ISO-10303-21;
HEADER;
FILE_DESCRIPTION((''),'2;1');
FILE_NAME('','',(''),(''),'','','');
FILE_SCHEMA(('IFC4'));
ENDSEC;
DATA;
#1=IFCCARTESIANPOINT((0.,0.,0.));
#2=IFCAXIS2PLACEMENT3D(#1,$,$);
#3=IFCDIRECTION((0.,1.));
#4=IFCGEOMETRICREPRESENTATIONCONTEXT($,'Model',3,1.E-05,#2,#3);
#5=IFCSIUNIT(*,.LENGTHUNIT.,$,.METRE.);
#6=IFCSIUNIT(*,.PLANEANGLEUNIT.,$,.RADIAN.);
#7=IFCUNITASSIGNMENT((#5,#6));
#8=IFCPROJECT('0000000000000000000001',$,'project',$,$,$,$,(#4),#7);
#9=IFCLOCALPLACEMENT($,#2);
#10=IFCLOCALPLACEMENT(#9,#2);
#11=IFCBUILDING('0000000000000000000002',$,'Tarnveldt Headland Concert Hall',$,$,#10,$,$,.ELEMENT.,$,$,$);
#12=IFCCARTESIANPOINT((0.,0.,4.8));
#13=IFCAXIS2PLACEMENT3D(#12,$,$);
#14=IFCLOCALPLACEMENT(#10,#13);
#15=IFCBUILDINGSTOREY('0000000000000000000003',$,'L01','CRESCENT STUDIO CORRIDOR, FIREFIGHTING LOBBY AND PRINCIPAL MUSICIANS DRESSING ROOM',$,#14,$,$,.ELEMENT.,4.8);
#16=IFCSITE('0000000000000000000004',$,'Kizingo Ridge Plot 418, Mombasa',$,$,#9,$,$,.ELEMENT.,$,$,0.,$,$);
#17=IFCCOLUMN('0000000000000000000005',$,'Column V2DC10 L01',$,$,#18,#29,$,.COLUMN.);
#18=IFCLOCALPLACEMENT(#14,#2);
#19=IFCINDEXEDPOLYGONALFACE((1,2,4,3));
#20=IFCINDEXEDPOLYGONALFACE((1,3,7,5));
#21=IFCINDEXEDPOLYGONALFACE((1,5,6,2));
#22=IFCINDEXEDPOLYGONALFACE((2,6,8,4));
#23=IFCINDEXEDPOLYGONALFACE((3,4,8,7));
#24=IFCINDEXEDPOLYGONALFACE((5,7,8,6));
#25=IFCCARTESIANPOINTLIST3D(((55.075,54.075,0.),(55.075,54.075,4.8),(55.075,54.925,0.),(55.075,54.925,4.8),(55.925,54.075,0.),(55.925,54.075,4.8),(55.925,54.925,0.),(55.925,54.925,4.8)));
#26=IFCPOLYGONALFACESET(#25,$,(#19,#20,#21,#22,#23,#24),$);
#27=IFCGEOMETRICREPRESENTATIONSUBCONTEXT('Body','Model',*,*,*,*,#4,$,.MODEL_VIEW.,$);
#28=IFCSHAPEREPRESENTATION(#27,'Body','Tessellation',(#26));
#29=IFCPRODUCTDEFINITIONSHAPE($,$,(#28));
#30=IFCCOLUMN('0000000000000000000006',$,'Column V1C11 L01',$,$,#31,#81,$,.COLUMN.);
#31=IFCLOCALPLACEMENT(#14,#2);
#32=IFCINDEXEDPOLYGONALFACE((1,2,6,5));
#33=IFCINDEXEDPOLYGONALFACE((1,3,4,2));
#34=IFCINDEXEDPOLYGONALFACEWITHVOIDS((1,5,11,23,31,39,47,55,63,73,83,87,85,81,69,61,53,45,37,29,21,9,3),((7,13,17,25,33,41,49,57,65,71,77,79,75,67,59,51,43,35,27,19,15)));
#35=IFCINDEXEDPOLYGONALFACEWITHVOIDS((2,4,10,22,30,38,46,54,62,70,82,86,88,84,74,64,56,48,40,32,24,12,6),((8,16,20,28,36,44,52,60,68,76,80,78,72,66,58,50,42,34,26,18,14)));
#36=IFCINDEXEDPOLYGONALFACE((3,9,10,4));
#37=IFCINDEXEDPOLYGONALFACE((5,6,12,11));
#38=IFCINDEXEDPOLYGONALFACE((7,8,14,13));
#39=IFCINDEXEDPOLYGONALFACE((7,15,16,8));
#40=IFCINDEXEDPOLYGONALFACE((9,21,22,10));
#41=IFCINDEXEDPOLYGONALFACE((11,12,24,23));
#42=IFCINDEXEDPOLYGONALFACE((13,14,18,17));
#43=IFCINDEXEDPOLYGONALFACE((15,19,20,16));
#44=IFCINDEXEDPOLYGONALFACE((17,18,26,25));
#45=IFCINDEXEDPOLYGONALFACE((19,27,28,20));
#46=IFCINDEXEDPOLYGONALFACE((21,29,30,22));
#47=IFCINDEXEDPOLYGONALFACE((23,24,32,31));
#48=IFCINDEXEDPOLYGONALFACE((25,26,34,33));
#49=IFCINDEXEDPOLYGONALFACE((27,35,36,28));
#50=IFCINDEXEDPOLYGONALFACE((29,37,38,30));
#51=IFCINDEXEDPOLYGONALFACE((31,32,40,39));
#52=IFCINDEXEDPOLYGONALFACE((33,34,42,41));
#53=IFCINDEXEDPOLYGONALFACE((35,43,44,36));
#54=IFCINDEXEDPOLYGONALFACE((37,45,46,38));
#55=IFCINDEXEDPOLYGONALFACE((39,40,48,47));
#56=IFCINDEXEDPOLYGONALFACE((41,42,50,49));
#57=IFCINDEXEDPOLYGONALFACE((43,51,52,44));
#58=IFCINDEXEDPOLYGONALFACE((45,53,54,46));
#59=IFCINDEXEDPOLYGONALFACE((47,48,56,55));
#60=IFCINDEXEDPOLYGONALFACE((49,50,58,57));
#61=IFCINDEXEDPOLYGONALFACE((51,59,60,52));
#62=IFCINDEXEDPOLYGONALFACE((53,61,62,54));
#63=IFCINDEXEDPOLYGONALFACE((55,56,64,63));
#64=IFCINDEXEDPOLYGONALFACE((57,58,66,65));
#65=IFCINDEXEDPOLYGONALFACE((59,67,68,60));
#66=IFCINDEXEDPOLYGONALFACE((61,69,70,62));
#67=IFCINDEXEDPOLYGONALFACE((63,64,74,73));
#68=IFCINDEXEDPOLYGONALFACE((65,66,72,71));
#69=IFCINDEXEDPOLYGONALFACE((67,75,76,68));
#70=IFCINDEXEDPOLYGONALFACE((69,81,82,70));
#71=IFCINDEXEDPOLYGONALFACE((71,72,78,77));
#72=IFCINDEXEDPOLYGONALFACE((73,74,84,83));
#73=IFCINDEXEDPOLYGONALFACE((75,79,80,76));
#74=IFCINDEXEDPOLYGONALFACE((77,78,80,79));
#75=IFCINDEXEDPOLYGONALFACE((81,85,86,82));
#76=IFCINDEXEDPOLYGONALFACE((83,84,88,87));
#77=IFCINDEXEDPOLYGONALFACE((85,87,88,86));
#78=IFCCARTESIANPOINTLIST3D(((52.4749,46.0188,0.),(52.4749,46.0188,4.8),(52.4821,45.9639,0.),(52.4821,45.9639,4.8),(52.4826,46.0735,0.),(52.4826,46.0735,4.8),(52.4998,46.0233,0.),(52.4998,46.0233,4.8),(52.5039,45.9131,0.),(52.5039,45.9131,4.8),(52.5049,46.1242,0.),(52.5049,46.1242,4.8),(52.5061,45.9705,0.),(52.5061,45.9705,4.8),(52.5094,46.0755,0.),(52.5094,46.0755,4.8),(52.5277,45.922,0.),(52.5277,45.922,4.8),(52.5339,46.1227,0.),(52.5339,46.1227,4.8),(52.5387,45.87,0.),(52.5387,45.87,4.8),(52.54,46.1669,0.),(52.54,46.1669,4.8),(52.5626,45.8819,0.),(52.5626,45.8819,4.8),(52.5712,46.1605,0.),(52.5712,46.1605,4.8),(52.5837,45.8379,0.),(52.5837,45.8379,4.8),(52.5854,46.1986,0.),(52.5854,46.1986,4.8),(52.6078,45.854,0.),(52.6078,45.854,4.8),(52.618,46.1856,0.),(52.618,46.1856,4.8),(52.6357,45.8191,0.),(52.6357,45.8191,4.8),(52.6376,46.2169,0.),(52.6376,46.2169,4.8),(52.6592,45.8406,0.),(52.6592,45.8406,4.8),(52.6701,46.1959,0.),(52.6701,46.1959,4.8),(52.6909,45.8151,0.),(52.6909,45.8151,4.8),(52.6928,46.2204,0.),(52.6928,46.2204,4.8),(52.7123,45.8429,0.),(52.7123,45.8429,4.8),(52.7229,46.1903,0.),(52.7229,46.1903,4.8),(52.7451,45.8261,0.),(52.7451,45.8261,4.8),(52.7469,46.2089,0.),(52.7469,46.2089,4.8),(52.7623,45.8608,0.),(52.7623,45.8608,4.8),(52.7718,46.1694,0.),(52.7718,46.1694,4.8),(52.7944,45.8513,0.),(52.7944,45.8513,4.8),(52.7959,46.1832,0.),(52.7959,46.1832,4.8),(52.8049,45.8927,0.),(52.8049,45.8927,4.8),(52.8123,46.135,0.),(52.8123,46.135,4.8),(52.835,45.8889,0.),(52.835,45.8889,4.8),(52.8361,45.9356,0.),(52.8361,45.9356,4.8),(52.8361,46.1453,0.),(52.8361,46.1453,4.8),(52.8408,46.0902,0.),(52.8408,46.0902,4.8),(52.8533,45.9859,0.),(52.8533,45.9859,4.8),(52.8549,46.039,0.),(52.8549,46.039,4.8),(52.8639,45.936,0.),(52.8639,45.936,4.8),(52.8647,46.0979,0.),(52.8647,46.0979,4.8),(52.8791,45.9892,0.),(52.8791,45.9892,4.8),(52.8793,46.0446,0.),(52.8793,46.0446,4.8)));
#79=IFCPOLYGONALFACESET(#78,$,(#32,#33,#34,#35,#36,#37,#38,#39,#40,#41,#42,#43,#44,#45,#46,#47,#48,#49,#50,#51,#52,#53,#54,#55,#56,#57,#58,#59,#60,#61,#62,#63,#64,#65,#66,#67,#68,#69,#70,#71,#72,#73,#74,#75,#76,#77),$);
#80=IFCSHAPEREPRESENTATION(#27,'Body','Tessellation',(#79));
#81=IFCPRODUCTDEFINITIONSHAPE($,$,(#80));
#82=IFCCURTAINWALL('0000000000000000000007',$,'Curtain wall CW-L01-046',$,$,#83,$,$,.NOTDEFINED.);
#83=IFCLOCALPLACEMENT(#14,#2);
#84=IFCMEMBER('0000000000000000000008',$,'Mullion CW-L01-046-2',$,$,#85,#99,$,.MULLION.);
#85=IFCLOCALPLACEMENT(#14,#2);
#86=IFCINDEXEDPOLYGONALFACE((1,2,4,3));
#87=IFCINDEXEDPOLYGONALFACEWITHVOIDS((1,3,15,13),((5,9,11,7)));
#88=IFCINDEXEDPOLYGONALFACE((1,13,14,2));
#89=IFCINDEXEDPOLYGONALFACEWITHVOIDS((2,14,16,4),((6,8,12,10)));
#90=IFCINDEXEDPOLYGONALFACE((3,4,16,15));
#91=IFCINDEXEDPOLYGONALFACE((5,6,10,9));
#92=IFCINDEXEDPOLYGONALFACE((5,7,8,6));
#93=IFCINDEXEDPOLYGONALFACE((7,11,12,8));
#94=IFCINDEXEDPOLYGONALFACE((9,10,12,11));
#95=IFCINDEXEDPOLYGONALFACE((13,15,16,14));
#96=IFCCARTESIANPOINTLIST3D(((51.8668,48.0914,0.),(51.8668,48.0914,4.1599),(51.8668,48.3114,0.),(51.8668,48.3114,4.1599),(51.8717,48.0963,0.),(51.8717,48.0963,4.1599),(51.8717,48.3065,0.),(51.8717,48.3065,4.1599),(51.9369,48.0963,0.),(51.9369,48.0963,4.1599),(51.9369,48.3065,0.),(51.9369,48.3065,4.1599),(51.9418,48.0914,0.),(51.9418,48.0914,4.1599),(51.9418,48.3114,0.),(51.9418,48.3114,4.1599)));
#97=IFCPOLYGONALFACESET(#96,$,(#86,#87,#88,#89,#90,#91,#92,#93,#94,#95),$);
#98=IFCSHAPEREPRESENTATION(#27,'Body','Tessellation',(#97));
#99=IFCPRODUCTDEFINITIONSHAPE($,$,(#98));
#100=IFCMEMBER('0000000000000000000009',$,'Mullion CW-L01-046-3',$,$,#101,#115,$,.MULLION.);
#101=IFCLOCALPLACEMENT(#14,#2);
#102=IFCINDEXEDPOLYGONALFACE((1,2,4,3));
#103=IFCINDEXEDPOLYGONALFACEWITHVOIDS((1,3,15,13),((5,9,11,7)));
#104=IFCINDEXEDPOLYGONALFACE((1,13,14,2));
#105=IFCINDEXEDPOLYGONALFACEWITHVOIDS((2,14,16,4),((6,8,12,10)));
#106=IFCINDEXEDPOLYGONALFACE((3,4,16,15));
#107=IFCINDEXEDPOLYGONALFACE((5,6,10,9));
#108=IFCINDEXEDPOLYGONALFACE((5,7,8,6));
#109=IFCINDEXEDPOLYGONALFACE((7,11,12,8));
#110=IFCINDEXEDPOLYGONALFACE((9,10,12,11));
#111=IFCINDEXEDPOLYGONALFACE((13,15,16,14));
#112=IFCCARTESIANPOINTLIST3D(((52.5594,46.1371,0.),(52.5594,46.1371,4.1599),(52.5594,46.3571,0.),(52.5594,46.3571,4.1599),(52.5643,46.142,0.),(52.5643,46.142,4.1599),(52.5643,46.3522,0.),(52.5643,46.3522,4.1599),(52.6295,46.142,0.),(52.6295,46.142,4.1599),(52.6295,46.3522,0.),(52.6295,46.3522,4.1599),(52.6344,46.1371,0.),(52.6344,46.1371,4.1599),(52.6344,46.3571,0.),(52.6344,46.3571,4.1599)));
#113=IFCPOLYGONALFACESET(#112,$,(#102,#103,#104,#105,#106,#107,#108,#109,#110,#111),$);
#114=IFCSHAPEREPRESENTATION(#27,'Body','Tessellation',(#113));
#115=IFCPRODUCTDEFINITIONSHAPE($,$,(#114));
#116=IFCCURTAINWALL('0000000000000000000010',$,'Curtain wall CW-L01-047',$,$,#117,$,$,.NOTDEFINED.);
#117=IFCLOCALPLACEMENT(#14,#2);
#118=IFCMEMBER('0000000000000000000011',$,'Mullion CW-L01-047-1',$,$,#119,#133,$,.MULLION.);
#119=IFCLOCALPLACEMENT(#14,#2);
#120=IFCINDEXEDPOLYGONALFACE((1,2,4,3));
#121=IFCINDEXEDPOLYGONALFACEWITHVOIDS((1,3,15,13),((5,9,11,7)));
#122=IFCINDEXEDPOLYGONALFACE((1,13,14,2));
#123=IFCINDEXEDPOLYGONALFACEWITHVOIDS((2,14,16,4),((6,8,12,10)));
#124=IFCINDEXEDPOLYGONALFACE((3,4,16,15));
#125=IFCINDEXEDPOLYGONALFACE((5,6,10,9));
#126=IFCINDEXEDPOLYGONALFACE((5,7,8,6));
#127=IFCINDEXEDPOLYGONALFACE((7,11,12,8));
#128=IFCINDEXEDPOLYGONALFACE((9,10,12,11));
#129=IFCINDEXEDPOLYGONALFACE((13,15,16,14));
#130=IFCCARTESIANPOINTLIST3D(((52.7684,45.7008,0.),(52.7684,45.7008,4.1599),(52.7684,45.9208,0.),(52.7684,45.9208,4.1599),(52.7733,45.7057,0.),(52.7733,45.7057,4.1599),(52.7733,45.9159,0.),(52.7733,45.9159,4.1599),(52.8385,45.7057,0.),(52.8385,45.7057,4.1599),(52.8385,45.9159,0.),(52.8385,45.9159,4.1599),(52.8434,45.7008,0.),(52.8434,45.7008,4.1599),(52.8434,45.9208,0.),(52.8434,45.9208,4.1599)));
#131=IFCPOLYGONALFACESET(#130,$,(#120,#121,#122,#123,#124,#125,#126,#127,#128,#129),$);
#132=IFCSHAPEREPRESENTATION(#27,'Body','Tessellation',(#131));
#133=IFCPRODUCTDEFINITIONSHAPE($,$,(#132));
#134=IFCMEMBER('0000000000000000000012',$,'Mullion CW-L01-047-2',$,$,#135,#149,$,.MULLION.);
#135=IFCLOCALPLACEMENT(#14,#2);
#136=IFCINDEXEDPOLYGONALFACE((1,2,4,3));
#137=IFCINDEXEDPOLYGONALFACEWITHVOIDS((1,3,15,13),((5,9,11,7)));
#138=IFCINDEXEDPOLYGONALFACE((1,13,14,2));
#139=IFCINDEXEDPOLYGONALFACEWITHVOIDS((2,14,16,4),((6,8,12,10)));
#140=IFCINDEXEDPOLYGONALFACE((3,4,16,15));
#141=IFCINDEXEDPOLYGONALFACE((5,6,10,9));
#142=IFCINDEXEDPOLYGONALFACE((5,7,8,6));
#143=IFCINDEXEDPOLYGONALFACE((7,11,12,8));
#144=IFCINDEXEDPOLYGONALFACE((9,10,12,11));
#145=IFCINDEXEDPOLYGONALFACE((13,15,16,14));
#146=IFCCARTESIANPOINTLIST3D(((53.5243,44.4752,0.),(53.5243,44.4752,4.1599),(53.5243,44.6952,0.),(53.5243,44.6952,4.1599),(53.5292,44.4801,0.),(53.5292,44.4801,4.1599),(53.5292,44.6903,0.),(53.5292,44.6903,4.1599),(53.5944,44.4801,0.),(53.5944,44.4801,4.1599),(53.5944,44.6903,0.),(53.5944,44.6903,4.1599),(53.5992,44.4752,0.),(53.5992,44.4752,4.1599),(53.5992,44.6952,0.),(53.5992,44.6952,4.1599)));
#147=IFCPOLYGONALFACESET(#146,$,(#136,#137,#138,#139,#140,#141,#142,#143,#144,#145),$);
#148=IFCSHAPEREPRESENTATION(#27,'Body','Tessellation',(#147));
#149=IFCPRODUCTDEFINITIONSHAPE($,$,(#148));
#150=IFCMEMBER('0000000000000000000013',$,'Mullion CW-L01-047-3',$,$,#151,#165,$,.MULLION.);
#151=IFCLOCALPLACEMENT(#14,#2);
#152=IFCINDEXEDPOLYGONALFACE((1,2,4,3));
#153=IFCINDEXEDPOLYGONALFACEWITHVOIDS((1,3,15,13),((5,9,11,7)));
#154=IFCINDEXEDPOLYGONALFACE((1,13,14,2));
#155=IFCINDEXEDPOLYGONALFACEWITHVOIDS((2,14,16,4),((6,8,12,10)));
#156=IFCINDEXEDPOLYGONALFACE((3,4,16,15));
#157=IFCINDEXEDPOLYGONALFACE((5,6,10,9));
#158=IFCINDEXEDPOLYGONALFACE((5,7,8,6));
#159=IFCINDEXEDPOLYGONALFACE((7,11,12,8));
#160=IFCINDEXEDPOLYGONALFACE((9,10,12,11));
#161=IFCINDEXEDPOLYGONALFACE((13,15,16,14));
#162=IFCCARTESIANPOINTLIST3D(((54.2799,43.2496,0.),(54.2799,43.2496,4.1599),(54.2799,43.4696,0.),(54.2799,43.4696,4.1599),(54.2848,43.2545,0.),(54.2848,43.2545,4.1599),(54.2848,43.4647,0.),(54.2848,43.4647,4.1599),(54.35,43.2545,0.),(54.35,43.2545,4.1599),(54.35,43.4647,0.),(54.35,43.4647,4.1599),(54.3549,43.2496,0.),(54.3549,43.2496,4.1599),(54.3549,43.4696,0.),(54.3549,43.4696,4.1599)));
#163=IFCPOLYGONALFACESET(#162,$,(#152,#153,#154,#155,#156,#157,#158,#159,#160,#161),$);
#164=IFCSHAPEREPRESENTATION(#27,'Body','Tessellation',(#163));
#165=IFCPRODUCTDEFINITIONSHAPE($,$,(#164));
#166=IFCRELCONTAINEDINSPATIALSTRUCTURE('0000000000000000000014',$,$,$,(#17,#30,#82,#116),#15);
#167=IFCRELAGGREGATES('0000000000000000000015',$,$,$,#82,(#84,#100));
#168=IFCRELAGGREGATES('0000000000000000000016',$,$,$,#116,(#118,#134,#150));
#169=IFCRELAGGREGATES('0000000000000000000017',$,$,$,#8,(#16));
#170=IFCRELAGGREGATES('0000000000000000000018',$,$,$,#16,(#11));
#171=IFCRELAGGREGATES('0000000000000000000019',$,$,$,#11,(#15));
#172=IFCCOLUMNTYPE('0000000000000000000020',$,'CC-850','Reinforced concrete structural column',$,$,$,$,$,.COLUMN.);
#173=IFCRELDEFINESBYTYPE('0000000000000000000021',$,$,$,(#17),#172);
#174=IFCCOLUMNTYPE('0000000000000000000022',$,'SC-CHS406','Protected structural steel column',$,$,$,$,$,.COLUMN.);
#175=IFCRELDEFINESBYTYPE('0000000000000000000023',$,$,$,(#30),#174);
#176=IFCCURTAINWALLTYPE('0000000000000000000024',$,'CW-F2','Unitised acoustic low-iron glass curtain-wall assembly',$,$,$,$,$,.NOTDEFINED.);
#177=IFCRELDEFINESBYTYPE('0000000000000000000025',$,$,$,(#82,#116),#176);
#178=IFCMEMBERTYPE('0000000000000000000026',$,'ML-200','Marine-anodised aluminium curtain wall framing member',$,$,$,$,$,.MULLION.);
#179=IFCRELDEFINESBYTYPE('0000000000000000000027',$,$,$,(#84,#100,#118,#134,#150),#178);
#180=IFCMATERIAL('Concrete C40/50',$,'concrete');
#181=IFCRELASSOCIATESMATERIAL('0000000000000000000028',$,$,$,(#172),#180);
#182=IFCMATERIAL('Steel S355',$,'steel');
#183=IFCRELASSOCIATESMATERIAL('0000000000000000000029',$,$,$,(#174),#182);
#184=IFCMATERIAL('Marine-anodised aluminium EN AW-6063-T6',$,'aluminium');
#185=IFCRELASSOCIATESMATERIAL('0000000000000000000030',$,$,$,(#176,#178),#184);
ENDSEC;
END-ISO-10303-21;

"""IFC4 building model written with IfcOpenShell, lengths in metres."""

from ifc_helpers import new_model, si_unit, direction, frame, origin, origin_2d, place, context, subcontext, project, spatial, rectangle, hollow_rectangle, hollow_circle, extrude, material, material_profile, profile_set, type_object, element, aggregate, save


model = new_model("IFC4")

# Units and contexts
model_context = context("Model", 3, precision=1e-05, world=origin(), true_north=direction((0.0, 1.0)))
body_context = subcontext(model_context, "Body", "Model", "MODEL_VIEW")
ifc_project = project(units=[si_unit("LENGTHUNIT", "METRE"), si_unit("PLANEANGLEUNIT", "RADIAN")], contexts=[model_context])

# Site, building, storey
site_placement = place(None, origin())
site = spatial("IfcSite", under=ifc_project, at=site_placement, Name="Kizingo Ridge Plot 418, Mombasa", CompositionType="ELEMENT", RefElevation=0.0)
building_placement = place(site_placement, origin())
building = spatial("IfcBuilding", under=site, at=building_placement, Name="Tarnveldt Headland Concert Hall", CompositionType="ELEMENT")
storey_placement = place(building_placement, frame((0.0, 0.0, 4.8)))
storey = spatial("IfcBuildingStorey", under=building, at=storey_placement, Name="L01", Description="CRESCENT STUDIO CORRIDOR, FIREFIGHTING LOBBY AND PRINCIPAL MUSICIANS DRESSING ROOM", CompositionType="ELEMENT", Elevation=4.8)

# Columns
ifc_material_1 = material(Name="Concrete C40/50", Category="concrete")
ifc_material_profile_1 = material_profile(ifc_material_1, rectangle(XDim=0.8501, YDim=0.8501, at=origin_2d()), Name="RC 850x850", Category="concrete")
ifc_profile_set_1 = profile_set([ifc_material_profile_1], Name="Concrete C40/50")
column_type_1 = type_object("IfcColumnType", Name="CC-850", Description="Reinforced concrete structural column", PredefinedType="COLUMN", material=ifc_profile_set_1)
column_1_placement = place(storey_placement, frame((55.5, 54.5, 0.0), z_axis=(0.0, 0.0, 1.0), x_axis=(-1.0, 0.0, 0.0)))
element("IfcColumn", 1, at=column_1_placement, inside=storey, type_object=column_type_1, Name="Column V2DC10 L01", PredefinedType="COLUMN", context=body_context, shape_type="SweptSolid", body=[
    extrude(rectangle(XDim=0.8501, YDim=0.8501, at=origin_2d()), origin(), (0.0, 0.0, 1.0), 4.8),
])
ifc_material_2 = material(Name="Steel S355", Category="steel")
ifc_material_profile_2 = material_profile(ifc_material_2, hollow_circle(Radius=0.2031, WallThickness=0.0249, at=origin_2d()), Name="CHS 406.4x25", Category="steel")
ifc_profile_set_2 = profile_set([ifc_material_profile_2], Name="Steel S355")
column_type_2 = type_object("IfcColumnType", Name="SC-CHS406", Description="Protected structural steel column", PredefinedType="COLUMN", material=ifc_profile_set_2)
column_2_placement = place(storey_placement, frame((52.678, 46.0178, 0.0), z_axis=(0.0, 0.0, 1.0), x_axis=(-0.964142, -0.265388, 0.0)))
element("IfcColumn", 2, at=column_2_placement, inside=storey, type_object=column_type_2, Name="Column V1C11 L01", PredefinedType="COLUMN", context=body_context, shape_type="SweptSolid", body=[
    extrude(hollow_circle(Radius=0.2031, WallThickness=0.0249, at=origin_2d()), origin(), (0.0, 0.0, 1.0), 4.8),
])

# Curtain walls, members
ifc_material_3 = material(Name="Marine-anodised aluminium EN AW-6063-T6", Category="aluminium")
curtain_wall_type = type_object("IfcCurtainWallType", Name="CW-F2", Description="Unitised acoustic low-iron glass curtain-wall assembly", PredefinedType="NOTDEFINED", material=ifc_material_3)
curtain_wall_1_placement = place(storey_placement, origin())
curtain_wall_1 = element("IfcCurtainWall", 3, at=curtain_wall_1_placement, inside=storey, type_object=curtain_wall_type, Name="Curtain wall CW-L01-046", PredefinedType="NOTDEFINED")
ifc_material_profile_3 = material_profile(ifc_material_3, hollow_rectangle(XDim=0.075, YDim=0.22, WallThickness=0.0049, at=origin_2d()), Name="ALU MULLION 75x220x5", Category="aluminium")
ifc_profile_set_3 = profile_set([ifc_material_profile_3], Name="Marine-anodised aluminium EN AW-6063-T6")
member_type_1 = type_object("IfcMemberType", Name="ML-200", Description="Marine-anodised aluminium curtain wall framing member", PredefinedType="MULLION", material=ifc_profile_set_3)
member_1_placement = place(storey_placement, frame((51.9043, 48.2014, 0.0), z_axis=(0.0, 0.0, 1.0), x_axis=(1.0, 0.0, 0.0)))
member_1 = element("IfcMember", 4, at=member_1_placement, type_object=member_type_1, Name="Mullion CW-L01-046-2", PredefinedType="MULLION", context=body_context, shape_type="SweptSolid", body=[
    extrude(hollow_rectangle(XDim=0.075, YDim=0.22, WallThickness=0.0049, at=origin_2d()), origin(), (0.0, 0.0, 1.0), 4.1599),
])
member_2_placement = place(storey_placement, frame((52.5969, 46.2471, 0.0), z_axis=(0.0, 0.0, 1.0), x_axis=(1.0, 0.0, 0.0)))
member_2 = element("IfcMember", 5, at=member_2_placement, type_object=member_type_1, Name="Mullion CW-L01-046-3", PredefinedType="MULLION", context=body_context, shape_type="SweptSolid", body=[
    extrude(hollow_rectangle(XDim=0.075, YDim=0.22, WallThickness=0.0049, at=origin_2d()), origin(), (0.0, 0.0, 1.0), 4.1599),
])
curtain_wall_2_placement = place(storey_placement, origin())
curtain_wall_2 = element("IfcCurtainWall", 6, at=curtain_wall_2_placement, inside=storey, type_object=curtain_wall_type, Name="Curtain wall CW-L01-047", PredefinedType="NOTDEFINED")
member_3_placement = place(storey_placement, frame((52.8059, 45.8108, 0.0), z_axis=(0.0, 0.0, 1.0), x_axis=(1.0, 0.0, 0.0)))
member_3 = element("IfcMember", 7, at=member_3_placement, type_object=member_type_1, Name="Mullion CW-L01-047-1", PredefinedType="MULLION", context=body_context, shape_type="SweptSolid", body=[
    extrude(hollow_rectangle(XDim=0.075, YDim=0.22, WallThickness=0.0049, at=origin_2d()), origin(), (0.0, 0.0, 1.0), 4.1599),
])
member_4_placement = place(storey_placement, frame((53.5618, 44.5852, 0.0), z_axis=(0.0, 0.0, 1.0), x_axis=(1.0, 0.0, 0.0)))
member_4 = element("IfcMember", 8, at=member_4_placement, type_object=member_type_1, Name="Mullion CW-L01-047-2", PredefinedType="MULLION", context=body_context, shape_type="SweptSolid", body=[
    extrude(hollow_rectangle(XDim=0.075, YDim=0.22, WallThickness=0.0049, at=origin_2d()), origin(), (0.0, 0.0, 1.0), 4.1599),
])
member_5_placement = place(storey_placement, frame((54.3174, 43.3596, 0.0), z_axis=(0.0, 0.0, 1.0), x_axis=(1.0, 0.0, 0.0)))
member_5 = element("IfcMember", 9, at=member_5_placement, type_object=member_type_1, Name="Mullion CW-L01-047-3", PredefinedType="MULLION", context=body_context, shape_type="SweptSolid", body=[
    extrude(hollow_rectangle(XDim=0.075, YDim=0.22, WallThickness=0.0049, at=origin_2d()), origin(), (0.0, 0.0, 1.0), 4.1599),
])

aggregate(curtain_wall_1, [member_1, member_2])
aggregate(curtain_wall_2, [member_3, member_4, member_5])

save(model, "model.ifc")
